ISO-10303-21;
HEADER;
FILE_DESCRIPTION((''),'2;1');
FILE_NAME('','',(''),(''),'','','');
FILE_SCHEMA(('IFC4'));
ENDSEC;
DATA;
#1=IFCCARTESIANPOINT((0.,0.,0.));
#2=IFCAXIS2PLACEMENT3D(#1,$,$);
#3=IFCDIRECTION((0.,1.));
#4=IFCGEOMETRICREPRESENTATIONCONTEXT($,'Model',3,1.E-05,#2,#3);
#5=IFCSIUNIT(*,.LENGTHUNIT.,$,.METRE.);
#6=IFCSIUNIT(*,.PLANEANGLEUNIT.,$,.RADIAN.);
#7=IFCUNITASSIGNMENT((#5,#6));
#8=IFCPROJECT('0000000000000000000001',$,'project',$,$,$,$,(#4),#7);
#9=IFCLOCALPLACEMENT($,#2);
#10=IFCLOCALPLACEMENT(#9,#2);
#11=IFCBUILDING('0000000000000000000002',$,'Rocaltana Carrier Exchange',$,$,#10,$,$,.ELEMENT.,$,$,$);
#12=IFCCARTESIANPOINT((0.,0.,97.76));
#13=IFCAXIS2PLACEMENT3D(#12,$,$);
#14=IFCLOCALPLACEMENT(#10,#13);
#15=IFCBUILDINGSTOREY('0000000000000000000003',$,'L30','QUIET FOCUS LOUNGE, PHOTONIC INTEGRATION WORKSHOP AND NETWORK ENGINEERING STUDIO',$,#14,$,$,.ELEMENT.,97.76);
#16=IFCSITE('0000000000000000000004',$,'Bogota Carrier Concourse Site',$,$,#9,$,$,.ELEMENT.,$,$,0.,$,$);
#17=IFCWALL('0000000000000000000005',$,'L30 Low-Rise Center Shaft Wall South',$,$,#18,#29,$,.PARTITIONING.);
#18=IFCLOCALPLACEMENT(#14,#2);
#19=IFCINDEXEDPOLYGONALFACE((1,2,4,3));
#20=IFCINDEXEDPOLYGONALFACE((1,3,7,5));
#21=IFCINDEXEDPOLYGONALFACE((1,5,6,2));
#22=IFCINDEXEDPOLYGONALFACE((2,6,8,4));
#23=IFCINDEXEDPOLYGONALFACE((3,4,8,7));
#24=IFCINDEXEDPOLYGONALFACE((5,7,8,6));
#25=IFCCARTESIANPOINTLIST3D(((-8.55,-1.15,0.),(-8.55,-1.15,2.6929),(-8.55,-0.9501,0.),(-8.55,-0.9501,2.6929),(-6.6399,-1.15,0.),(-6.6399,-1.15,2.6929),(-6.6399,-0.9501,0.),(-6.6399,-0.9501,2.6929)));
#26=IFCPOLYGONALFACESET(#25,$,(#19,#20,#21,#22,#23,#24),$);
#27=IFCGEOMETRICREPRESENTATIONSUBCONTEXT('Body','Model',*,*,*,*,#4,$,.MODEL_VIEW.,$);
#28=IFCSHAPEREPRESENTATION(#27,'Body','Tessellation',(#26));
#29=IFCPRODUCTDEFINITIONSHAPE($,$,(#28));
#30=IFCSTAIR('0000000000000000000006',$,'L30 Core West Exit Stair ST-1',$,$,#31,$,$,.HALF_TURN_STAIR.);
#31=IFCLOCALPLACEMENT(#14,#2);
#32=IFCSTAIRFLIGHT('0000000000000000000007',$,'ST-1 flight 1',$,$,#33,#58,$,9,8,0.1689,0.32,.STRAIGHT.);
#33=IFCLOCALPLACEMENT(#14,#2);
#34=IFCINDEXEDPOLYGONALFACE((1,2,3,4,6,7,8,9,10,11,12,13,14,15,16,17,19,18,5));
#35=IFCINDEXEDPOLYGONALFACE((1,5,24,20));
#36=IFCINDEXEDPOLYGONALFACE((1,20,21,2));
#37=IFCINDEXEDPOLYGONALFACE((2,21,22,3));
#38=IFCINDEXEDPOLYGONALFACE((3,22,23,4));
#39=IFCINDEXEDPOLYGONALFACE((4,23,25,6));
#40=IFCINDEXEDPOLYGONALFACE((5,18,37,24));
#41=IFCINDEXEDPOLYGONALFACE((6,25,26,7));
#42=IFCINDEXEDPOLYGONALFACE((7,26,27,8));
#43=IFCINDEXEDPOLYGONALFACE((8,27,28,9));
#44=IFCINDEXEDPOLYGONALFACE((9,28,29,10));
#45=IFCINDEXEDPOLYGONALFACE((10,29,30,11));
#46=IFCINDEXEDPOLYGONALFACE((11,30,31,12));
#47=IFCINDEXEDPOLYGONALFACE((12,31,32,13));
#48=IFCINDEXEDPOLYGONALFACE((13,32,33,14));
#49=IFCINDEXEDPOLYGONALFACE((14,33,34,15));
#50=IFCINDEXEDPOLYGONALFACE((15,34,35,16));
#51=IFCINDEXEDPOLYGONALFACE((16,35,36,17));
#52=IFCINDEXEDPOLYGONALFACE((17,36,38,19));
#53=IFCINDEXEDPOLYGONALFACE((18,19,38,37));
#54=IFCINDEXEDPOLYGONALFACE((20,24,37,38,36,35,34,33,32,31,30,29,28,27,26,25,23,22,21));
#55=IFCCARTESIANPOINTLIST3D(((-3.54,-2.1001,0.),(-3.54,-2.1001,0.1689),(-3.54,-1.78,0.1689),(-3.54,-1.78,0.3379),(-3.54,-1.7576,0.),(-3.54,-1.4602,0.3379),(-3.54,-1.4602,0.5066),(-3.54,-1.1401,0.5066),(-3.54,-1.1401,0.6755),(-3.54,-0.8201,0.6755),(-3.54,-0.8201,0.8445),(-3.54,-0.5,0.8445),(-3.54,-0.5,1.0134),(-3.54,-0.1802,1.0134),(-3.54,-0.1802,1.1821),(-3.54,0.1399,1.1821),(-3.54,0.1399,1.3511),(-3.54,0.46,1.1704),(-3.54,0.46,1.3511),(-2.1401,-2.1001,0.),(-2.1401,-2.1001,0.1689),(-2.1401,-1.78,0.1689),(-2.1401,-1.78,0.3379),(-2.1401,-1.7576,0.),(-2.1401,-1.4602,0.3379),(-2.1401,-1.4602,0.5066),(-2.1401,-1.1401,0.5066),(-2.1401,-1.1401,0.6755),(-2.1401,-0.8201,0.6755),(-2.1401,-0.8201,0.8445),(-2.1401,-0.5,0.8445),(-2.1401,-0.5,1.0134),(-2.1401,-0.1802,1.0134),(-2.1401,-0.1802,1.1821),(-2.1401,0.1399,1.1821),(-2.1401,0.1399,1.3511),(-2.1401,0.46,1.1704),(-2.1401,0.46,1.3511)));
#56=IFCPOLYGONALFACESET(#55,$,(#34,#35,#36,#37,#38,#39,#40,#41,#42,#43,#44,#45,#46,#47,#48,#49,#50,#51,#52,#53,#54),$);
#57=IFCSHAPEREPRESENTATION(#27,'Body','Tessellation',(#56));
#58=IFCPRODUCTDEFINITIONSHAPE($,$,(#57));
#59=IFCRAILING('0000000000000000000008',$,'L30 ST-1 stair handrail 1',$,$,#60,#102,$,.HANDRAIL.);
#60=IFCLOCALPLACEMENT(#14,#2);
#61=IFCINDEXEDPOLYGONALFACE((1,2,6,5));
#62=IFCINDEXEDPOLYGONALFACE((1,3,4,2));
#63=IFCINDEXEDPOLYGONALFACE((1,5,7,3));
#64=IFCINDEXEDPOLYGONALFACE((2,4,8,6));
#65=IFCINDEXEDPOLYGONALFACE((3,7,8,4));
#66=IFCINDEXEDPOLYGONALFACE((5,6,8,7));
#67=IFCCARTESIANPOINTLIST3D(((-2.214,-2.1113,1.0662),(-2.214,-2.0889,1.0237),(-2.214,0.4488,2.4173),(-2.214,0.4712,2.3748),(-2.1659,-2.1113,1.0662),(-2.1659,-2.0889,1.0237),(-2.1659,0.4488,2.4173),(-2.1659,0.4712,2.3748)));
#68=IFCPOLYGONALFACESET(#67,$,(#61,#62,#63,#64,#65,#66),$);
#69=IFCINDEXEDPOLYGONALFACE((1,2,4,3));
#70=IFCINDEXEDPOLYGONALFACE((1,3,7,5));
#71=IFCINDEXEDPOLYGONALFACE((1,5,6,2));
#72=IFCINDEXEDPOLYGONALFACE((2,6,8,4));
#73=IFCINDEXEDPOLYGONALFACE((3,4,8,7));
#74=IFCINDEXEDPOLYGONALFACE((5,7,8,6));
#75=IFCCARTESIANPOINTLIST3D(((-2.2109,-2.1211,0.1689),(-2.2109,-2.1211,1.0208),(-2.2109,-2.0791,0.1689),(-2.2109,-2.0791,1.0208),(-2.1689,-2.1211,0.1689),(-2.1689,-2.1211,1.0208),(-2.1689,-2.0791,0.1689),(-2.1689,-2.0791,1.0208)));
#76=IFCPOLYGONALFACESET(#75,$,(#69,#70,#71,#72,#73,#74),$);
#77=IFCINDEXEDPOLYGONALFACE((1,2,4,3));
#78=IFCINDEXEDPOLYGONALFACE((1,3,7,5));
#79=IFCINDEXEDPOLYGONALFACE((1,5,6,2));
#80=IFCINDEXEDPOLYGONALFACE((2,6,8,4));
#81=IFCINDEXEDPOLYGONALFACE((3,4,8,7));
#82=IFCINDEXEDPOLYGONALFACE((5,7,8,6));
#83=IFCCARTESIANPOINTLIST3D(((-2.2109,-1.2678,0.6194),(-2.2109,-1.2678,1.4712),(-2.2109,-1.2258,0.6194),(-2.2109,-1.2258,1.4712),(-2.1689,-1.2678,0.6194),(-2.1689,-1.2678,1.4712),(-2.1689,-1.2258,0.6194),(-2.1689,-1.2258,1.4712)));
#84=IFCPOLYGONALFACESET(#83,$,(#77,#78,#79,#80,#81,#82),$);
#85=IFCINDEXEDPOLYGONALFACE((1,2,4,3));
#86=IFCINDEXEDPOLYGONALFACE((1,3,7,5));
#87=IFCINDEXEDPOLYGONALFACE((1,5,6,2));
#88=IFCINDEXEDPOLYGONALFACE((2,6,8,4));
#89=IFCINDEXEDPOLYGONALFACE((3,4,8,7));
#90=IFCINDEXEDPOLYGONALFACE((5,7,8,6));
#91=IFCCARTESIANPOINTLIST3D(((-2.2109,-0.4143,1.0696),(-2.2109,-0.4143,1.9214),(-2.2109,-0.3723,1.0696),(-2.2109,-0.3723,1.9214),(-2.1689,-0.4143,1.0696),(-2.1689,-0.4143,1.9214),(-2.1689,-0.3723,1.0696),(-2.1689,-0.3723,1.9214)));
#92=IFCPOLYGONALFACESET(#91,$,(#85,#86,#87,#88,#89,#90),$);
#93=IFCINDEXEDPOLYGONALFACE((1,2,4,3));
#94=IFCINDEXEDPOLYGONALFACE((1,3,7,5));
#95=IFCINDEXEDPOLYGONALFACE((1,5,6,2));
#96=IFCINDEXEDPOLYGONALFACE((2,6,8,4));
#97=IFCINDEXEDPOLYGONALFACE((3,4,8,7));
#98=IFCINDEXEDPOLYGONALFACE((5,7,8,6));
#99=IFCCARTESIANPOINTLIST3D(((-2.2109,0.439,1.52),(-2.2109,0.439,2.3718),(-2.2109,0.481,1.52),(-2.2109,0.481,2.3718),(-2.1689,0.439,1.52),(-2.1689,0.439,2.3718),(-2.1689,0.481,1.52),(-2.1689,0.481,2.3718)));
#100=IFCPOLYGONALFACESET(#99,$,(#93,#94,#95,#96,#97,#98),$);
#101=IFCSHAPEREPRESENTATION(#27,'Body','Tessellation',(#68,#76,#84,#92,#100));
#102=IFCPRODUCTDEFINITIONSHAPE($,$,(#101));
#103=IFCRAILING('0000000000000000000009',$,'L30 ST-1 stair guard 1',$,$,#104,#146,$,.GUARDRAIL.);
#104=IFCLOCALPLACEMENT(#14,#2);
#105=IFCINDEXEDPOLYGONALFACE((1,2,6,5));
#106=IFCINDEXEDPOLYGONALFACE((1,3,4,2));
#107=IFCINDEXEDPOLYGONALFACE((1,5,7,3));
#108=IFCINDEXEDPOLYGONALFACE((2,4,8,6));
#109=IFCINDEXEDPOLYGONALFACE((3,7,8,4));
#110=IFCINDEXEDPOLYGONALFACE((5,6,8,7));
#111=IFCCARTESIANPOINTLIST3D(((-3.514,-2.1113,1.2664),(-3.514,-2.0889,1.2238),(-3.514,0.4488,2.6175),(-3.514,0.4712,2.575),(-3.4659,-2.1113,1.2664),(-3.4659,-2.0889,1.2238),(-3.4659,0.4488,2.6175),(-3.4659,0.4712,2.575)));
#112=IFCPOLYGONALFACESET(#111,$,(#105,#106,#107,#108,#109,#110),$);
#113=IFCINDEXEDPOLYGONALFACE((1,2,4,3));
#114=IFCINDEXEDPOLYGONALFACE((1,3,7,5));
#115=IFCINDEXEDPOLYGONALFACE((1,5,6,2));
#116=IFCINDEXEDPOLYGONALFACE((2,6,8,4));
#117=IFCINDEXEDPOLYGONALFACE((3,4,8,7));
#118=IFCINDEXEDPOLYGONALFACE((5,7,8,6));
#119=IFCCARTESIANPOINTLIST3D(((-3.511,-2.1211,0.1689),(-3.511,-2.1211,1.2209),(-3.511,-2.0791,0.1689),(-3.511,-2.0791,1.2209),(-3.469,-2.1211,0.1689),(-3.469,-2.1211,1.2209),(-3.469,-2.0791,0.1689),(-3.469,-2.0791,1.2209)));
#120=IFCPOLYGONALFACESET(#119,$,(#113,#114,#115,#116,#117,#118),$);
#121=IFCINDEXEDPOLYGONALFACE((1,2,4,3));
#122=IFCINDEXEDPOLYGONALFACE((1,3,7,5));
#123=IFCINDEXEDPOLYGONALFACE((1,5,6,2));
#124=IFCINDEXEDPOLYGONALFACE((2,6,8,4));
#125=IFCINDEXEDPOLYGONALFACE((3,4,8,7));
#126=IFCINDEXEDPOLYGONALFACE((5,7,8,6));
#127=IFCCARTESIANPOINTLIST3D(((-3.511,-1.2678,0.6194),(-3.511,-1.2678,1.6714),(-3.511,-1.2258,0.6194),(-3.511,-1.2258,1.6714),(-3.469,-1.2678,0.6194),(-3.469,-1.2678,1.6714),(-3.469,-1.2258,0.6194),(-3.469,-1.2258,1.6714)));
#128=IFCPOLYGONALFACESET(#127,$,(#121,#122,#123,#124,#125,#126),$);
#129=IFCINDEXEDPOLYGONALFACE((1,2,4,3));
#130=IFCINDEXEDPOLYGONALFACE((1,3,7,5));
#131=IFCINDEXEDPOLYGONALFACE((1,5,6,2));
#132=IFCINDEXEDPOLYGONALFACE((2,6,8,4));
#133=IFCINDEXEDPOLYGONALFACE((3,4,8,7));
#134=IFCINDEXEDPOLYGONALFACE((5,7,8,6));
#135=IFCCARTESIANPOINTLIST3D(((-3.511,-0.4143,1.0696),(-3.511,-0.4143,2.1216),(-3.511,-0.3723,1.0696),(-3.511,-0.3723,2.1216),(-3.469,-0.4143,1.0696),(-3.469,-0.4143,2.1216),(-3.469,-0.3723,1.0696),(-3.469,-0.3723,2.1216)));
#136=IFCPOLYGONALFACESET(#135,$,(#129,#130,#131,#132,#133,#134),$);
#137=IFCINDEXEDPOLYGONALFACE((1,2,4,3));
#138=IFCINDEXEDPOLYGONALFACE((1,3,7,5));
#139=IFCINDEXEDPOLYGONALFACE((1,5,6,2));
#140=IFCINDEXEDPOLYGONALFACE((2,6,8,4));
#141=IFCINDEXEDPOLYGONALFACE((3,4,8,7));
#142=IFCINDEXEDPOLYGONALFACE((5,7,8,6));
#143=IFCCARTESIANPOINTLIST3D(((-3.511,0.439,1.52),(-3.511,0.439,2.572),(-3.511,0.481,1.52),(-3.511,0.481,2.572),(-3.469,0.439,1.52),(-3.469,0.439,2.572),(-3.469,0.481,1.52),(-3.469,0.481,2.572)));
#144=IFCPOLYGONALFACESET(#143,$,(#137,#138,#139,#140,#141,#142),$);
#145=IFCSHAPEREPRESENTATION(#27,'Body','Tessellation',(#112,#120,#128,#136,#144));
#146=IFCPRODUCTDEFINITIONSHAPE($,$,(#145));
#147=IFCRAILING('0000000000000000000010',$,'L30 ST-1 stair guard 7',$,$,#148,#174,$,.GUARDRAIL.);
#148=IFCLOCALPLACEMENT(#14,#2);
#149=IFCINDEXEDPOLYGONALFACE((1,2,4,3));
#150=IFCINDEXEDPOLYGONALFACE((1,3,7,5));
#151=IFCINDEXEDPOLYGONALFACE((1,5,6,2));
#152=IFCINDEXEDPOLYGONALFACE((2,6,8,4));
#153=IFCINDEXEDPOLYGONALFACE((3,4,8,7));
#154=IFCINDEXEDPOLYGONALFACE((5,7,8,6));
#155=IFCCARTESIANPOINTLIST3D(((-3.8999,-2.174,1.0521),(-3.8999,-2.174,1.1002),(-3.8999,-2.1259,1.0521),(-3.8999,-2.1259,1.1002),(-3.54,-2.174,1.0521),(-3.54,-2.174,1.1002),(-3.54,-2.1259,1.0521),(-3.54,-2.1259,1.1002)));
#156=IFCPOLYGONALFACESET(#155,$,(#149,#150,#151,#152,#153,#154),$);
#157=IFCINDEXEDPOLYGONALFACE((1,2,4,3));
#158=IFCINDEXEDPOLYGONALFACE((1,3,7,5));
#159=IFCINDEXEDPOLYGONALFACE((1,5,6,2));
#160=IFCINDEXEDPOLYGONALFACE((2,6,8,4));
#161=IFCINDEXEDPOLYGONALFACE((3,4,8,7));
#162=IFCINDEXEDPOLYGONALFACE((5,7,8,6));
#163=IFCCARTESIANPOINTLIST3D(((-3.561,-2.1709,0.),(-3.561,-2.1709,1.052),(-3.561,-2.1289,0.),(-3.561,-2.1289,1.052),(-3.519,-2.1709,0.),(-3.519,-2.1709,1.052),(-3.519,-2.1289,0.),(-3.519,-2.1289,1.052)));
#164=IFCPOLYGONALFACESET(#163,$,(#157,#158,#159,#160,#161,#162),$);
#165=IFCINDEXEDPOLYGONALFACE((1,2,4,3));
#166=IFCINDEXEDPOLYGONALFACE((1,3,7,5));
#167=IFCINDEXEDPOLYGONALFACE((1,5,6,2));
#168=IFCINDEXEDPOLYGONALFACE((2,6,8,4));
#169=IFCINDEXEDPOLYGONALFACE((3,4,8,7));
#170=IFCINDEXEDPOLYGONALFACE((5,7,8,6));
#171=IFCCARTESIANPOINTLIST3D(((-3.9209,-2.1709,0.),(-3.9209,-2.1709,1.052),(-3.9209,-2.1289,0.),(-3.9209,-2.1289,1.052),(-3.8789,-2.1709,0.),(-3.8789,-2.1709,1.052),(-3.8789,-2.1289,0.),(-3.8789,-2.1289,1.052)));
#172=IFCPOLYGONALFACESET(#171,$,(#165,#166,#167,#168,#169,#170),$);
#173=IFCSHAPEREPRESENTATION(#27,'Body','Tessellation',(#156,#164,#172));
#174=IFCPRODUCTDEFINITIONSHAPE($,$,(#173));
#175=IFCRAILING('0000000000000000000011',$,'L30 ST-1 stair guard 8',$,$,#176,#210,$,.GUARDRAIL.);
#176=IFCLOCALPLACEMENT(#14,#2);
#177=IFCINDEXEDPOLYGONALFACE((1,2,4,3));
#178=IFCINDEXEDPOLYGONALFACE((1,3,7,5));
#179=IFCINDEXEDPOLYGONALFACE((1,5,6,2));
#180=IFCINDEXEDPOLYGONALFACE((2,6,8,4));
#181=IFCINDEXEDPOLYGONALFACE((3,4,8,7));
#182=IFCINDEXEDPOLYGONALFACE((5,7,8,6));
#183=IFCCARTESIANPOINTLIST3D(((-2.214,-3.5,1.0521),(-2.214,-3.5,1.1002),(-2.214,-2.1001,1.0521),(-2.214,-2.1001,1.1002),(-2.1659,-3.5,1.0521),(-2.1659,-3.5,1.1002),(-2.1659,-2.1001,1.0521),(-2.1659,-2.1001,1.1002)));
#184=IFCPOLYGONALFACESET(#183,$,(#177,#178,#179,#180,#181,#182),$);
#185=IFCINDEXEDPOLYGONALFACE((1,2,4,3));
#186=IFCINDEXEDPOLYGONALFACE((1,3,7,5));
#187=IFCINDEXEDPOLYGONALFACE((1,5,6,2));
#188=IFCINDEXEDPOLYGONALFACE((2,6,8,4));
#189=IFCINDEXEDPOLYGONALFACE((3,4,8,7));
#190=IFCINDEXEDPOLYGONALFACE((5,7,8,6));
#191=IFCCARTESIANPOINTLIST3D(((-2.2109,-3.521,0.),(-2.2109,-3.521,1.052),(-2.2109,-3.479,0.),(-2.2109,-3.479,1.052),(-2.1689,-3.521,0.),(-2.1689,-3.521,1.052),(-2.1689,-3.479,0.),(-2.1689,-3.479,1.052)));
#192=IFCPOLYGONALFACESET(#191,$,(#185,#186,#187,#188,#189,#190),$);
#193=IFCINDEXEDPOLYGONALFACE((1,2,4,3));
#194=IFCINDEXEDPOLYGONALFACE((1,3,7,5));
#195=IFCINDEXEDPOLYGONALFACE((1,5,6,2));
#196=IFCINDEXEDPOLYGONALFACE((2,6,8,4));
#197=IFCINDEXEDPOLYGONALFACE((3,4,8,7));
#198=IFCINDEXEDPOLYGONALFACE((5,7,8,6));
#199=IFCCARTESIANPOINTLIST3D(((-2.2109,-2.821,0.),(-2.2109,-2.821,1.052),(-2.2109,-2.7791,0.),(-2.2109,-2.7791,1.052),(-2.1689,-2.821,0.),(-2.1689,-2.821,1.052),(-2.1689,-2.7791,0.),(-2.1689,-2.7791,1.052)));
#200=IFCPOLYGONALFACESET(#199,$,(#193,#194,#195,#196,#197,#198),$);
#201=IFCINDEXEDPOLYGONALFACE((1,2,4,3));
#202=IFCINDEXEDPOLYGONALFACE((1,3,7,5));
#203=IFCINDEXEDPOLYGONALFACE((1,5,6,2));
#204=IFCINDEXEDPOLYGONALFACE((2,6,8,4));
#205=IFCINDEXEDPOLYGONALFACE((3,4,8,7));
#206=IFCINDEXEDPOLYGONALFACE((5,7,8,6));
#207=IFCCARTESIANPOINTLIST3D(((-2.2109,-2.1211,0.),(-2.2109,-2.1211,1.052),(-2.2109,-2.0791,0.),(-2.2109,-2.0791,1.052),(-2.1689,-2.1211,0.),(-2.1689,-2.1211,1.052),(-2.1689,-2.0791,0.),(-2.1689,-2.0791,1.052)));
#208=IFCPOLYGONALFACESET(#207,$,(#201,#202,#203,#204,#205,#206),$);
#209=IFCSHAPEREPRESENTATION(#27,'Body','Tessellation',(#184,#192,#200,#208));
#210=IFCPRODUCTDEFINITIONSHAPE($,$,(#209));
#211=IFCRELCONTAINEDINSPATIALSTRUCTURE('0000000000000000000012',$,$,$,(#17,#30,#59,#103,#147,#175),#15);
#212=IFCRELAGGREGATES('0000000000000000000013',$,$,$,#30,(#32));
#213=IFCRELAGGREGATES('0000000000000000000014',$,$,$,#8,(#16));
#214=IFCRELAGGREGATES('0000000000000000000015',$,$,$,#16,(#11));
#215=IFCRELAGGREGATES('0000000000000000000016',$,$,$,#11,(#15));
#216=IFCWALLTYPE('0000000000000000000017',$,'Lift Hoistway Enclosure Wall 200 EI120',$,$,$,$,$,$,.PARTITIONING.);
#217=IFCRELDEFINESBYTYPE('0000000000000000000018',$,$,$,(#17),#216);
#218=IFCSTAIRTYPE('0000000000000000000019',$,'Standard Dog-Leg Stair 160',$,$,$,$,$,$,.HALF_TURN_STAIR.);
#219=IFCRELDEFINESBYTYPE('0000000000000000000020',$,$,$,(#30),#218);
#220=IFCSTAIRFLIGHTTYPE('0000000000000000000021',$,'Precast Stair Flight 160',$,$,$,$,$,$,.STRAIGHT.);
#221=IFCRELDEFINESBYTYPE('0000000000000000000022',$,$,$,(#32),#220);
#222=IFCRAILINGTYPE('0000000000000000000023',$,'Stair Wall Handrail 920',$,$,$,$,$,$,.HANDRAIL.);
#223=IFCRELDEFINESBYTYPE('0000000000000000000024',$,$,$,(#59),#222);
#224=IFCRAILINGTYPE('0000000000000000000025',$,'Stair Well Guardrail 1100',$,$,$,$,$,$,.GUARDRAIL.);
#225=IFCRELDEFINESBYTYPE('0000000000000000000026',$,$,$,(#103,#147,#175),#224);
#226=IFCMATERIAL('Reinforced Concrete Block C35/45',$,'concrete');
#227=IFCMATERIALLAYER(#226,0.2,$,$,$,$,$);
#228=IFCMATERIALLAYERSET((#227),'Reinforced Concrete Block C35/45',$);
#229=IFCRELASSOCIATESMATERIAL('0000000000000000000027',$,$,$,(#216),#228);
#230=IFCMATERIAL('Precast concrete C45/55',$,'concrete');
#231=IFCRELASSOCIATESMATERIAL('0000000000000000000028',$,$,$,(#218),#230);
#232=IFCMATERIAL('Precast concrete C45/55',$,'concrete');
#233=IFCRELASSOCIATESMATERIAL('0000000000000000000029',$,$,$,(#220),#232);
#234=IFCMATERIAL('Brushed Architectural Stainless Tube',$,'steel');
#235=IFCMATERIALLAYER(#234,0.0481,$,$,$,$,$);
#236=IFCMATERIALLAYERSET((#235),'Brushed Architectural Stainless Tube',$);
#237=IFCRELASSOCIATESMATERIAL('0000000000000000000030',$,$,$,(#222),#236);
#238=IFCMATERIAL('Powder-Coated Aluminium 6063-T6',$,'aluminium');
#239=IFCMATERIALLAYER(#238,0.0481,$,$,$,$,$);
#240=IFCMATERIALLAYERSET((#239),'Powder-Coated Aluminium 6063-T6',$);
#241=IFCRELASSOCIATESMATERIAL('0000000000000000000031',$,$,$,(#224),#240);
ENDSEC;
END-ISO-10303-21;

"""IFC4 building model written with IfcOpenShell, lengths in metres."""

from ifc_helpers import new_model, si_unit, direction, frame, frame_2d, origin, origin_2d, place, context, subcontext, project, spatial, polyline, rectangle, outline, extrude, material, layer, layer_set, type_object, element, aggregate, save


model = new_model("IFC4")

# Units and contexts
model_context = context("Model", 3, precision=1e-05, world=origin(), true_north=direction((0.0, 1.0)))
body_context = subcontext(model_context, "Body", "Model", "MODEL_VIEW")
ifc_project = project(units=[si_unit("LENGTHUNIT", "METRE"), si_unit("PLANEANGLEUNIT", "RADIAN")], contexts=[model_context])

# Site, building, storey
site_placement = place(None, origin())
site = spatial("IfcSite", under=ifc_project, at=site_placement, Name="Bogota Carrier Concourse Site", CompositionType="ELEMENT", RefElevation=0.0)
building_placement = place(site_placement, origin())
building = spatial("IfcBuilding", under=site, at=building_placement, Name="Rocaltana Carrier Exchange", CompositionType="ELEMENT")
storey_placement = place(building_placement, frame((0.0, 0.0, 97.76)))
storey = spatial("IfcBuildingStorey", under=building, at=storey_placement, Name="L30", Description="QUIET FOCUS LOUNGE, PHOTONIC INTEGRATION WORKSHOP AND NETWORK ENGINEERING STUDIO", CompositionType="ELEMENT", Elevation=97.76)

# Wall
ifc_material_1 = material(Name="Reinforced Concrete Block C35/45", Category="concrete")
ifc_layer_1 = layer(ifc_material_1, 0.2)
ifc_layer_set_1 = layer_set([ifc_layer_1], Name="Reinforced Concrete Block C35/45")
wall_type_1 = type_object("IfcWallType", Name="Lift Hoistway Enclosure Wall 200 EI120", PredefinedType="PARTITIONING", material=ifc_layer_set_1)
wall_1_placement = place(storey_placement, frame((-8.55, -1.05, 0.0), z_axis=(0.0, 0.0, 1.0), x_axis=(1.0, 0.0, 0.0)))
element("IfcWall", 1, at=wall_1_placement, inside=storey, type_object=wall_type_1, Name="L30 Low-Rise Center Shaft Wall South", PredefinedType="PARTITIONING", context=body_context, shape_type="SweptSolid", body=[
    extrude(rectangle(XDim=1.9102, YDim=0.2, at=frame_2d((0.9551, 0.0))), origin(), (0.0, 0.0, 1.0), 2.6929),
])

# Stair, stair flight
ifc_material_2 = material(Name="Precast concrete C45/55", Category="concrete")
stair_type = type_object("IfcStairType", Name="Standard Dog-Leg Stair 160", PredefinedType="HALF_TURN_STAIR", material=ifc_material_2)
stair_placement = place(storey_placement, origin())
stair = element("IfcStair", 2, at=stair_placement, inside=storey, type_object=stair_type, Name="L30 Core West Exit Stair ST-1", PredefinedType="HALF_TURN_STAIR")
ifc_material_3 = material(Name="Precast concrete C45/55", Category="concrete")
stair_flight_type = type_object("IfcStairFlightType", Name="Precast Stair Flight 160", PredefinedType="STRAIGHT", material=ifc_material_3)
stair_flight_placement = place(storey_placement, frame((-2.8401, -2.1001, 0.0), z_axis=(0.0, 0.0, 1.0), x_axis=(0.0, 1.0, 0.0)))
stair_flight = element("IfcStairFlight", 3, at=stair_flight_placement, type_object=stair_flight_type, Name="ST-1 flight 1", NumberOfRisers=9, NumberOfTreads=8, PredefinedType="STRAIGHT", RiserHeight=0.1689, TreadLength=0.32, context=body_context, shape_type="SweptSolid", body=[
    extrude(outline(polyline([(0.0, 0.0), (0.0, 0.1689), (0.3201, 0.1689), (0.3201, 0.3379), (0.6399, 0.3379), (0.6399, 0.5066), (0.96, 0.5066), (0.96, 0.6755), (1.28, 0.6755), (1.28, 0.8445), (1.6001, 0.8445), (1.6001, 1.0134), (1.9199, 1.0134), (1.9199, 1.1821), (2.24, 1.1821), (2.24, 1.3511), (2.5601, 1.3511), (2.5601, 1.52), (2.5601, 1.1704), (0.3425, 0.0), (0.0, 0.0)])), frame((0.0, 0.7, 0.0), z_axis=(0.0, -1.0, 0.0), x_axis=(1.0, 0.0, 0.0)), (0.0, 0.0, 1.0), 1.3999),
])
aggregate(stair, [stair_flight])

# Railings
ifc_material_4 = material(Name="Brushed Architectural Stainless Tube", Category="steel")
ifc_layer_2 = layer(ifc_material_4, 0.0481)
ifc_layer_set_2 = layer_set([ifc_layer_2], Name="Brushed Architectural Stainless Tube")
railing_type_1 = type_object("IfcRailingType", Name="Stair Wall Handrail 920", PredefinedType="HANDRAIL", material=ifc_layer_set_2)
railing_1_placement = place(storey_placement, frame((-2.1899, -2.1001, 0.1689)))
element("IfcRailing", 4, at=railing_1_placement, inside=storey, type_object=railing_type_1, Name="L30 ST-1 stair handrail 1", PredefinedType="HANDRAIL", context=body_context, shape_type="SweptSolid", body=[
    extrude(rectangle(XDim=0.0481, YDim=0.0481, at=origin_2d()), frame((0.0, 0.0, 0.876), z_axis=(0.0, 0.884394, 0.46674), x_axis=(-1.0, 0.0, 0.0)), (0.0, 0.0, 1.0), 2.8948),
    extrude(rectangle(XDim=0.042, YDim=0.042, at=origin_2d()), origin(), (0.0, 0.0, 1.0), 0.8518),
    extrude(rectangle(XDim=0.042, YDim=0.042, at=origin_2d()), frame((0.0, 0.8533, 0.4504)), (0.0, 0.0, 1.0), 0.8518),
    extrude(rectangle(XDim=0.042, YDim=0.042, at=origin_2d()), frame((0.0, 1.7068, 0.9006)), (0.0, 0.0, 1.0), 0.8518),
    extrude(rectangle(XDim=0.042, YDim=0.042, at=origin_2d()), frame((0.0, 2.5601, 1.3511)), (0.0, 0.0, 1.0), 0.8518),
])
ifc_material_5 = material(Name="Powder-Coated Aluminium 6063-T6", Category="aluminium")
ifc_layer_3 = layer(ifc_material_5, 0.0481)
ifc_layer_set_3 = layer_set([ifc_layer_3], Name="Powder-Coated Aluminium 6063-T6")
railing_type_2 = type_object("IfcRailingType", Name="Stair Well Guardrail 1100", PredefinedType="GUARDRAIL", material=ifc_layer_set_3)
railing_2_placement = place(storey_placement, frame((-3.49, -2.1001, 0.1689)))
element("IfcRailing", 5, at=railing_2_placement, inside=storey, type_object=railing_type_2, Name="L30 ST-1 stair guard 1", PredefinedType="GUARDRAIL", context=body_context, shape_type="SweptSolid", body=[
    extrude(rectangle(XDim=0.0481, YDim=0.0481, at=origin_2d()), frame((0.0, 0.0, 1.0762), z_axis=(0.0, 0.884394, 0.46674), x_axis=(-1.0, 0.0, 0.0)), (0.0, 0.0, 1.0), 2.8948),
    extrude(rectangle(XDim=0.042, YDim=0.042, at=origin_2d()), origin(), (0.0, 0.0, 1.0), 1.052),
    extrude(rectangle(XDim=0.042, YDim=0.042, at=origin_2d()), frame((0.0, 0.8533, 0.4504)), (0.0, 0.0, 1.0), 1.052),
    extrude(rectangle(XDim=0.042, YDim=0.042, at=origin_2d()), frame((0.0, 1.7068, 0.9006)), (0.0, 0.0, 1.0), 1.052),
    extrude(rectangle(XDim=0.042, YDim=0.042, at=origin_2d()), frame((0.0, 2.5601, 1.3511)), (0.0, 0.0, 1.0), 1.052),
])
railing_3_placement = place(storey_placement, frame((-3.54, -2.1499, 0.0)))
element("IfcRailing", 6, at=railing_3_placement, inside=storey, type_object=railing_type_2, Name="L30 ST-1 stair guard 7", PredefinedType="GUARDRAIL", context=body_context, shape_type="SweptSolid", body=[
    extrude(rectangle(XDim=0.0481, YDim=0.0481, at=origin_2d()), frame((0.0, 0.0, 1.0762), z_axis=(-1.0, 0.0, 0.0), x_axis=(0.0, -1.0, 0.0)), (0.0, 0.0, 1.0), 0.3599),
    extrude(rectangle(XDim=0.042, YDim=0.042, at=origin_2d()), origin(), (0.0, 0.0, 1.0), 1.052),
    extrude(rectangle(XDim=0.042, YDim=0.042, at=origin_2d()), frame((-0.3599, 0.0, 0.0)), (0.0, 0.0, 1.0), 1.052),
])
for number, where, name in (
    (7, (-2.1899, -3.5, 0.0), "L30 ST-1 stair guard 8"),
):
    element("IfcRailing", number, at=place(storey_placement, frame(where)), inside=storey, type_object=railing_type_2, Name=name, PredefinedType="GUARDRAIL", context=body_context, shape_type="SweptSolid", body=[
        extrude(rectangle(XDim=0.0481, YDim=0.0481, at=origin_2d()), frame((0.0, 0.0, 1.0762), z_axis=(0.0, 1.0, 0.0), x_axis=(-1.0, 0.0, 0.0)), (0.0, 0.0, 1.0), 1.3999),
        extrude(rectangle(XDim=0.042, YDim=0.042, at=origin_2d()), origin(), (0.0, 0.0, 1.0), 1.052),
        extrude(rectangle(XDim=0.042, YDim=0.042, at=origin_2d()), frame((0.0, 0.7, 0.0)), (0.0, 0.0, 1.0), 1.052),
        extrude(rectangle(XDim=0.042, YDim=0.042, at=origin_2d()), frame((0.0, 1.3999, 0.0)), (0.0, 0.0, 1.0), 1.052),
    ])

save(model, "model.ifc")
